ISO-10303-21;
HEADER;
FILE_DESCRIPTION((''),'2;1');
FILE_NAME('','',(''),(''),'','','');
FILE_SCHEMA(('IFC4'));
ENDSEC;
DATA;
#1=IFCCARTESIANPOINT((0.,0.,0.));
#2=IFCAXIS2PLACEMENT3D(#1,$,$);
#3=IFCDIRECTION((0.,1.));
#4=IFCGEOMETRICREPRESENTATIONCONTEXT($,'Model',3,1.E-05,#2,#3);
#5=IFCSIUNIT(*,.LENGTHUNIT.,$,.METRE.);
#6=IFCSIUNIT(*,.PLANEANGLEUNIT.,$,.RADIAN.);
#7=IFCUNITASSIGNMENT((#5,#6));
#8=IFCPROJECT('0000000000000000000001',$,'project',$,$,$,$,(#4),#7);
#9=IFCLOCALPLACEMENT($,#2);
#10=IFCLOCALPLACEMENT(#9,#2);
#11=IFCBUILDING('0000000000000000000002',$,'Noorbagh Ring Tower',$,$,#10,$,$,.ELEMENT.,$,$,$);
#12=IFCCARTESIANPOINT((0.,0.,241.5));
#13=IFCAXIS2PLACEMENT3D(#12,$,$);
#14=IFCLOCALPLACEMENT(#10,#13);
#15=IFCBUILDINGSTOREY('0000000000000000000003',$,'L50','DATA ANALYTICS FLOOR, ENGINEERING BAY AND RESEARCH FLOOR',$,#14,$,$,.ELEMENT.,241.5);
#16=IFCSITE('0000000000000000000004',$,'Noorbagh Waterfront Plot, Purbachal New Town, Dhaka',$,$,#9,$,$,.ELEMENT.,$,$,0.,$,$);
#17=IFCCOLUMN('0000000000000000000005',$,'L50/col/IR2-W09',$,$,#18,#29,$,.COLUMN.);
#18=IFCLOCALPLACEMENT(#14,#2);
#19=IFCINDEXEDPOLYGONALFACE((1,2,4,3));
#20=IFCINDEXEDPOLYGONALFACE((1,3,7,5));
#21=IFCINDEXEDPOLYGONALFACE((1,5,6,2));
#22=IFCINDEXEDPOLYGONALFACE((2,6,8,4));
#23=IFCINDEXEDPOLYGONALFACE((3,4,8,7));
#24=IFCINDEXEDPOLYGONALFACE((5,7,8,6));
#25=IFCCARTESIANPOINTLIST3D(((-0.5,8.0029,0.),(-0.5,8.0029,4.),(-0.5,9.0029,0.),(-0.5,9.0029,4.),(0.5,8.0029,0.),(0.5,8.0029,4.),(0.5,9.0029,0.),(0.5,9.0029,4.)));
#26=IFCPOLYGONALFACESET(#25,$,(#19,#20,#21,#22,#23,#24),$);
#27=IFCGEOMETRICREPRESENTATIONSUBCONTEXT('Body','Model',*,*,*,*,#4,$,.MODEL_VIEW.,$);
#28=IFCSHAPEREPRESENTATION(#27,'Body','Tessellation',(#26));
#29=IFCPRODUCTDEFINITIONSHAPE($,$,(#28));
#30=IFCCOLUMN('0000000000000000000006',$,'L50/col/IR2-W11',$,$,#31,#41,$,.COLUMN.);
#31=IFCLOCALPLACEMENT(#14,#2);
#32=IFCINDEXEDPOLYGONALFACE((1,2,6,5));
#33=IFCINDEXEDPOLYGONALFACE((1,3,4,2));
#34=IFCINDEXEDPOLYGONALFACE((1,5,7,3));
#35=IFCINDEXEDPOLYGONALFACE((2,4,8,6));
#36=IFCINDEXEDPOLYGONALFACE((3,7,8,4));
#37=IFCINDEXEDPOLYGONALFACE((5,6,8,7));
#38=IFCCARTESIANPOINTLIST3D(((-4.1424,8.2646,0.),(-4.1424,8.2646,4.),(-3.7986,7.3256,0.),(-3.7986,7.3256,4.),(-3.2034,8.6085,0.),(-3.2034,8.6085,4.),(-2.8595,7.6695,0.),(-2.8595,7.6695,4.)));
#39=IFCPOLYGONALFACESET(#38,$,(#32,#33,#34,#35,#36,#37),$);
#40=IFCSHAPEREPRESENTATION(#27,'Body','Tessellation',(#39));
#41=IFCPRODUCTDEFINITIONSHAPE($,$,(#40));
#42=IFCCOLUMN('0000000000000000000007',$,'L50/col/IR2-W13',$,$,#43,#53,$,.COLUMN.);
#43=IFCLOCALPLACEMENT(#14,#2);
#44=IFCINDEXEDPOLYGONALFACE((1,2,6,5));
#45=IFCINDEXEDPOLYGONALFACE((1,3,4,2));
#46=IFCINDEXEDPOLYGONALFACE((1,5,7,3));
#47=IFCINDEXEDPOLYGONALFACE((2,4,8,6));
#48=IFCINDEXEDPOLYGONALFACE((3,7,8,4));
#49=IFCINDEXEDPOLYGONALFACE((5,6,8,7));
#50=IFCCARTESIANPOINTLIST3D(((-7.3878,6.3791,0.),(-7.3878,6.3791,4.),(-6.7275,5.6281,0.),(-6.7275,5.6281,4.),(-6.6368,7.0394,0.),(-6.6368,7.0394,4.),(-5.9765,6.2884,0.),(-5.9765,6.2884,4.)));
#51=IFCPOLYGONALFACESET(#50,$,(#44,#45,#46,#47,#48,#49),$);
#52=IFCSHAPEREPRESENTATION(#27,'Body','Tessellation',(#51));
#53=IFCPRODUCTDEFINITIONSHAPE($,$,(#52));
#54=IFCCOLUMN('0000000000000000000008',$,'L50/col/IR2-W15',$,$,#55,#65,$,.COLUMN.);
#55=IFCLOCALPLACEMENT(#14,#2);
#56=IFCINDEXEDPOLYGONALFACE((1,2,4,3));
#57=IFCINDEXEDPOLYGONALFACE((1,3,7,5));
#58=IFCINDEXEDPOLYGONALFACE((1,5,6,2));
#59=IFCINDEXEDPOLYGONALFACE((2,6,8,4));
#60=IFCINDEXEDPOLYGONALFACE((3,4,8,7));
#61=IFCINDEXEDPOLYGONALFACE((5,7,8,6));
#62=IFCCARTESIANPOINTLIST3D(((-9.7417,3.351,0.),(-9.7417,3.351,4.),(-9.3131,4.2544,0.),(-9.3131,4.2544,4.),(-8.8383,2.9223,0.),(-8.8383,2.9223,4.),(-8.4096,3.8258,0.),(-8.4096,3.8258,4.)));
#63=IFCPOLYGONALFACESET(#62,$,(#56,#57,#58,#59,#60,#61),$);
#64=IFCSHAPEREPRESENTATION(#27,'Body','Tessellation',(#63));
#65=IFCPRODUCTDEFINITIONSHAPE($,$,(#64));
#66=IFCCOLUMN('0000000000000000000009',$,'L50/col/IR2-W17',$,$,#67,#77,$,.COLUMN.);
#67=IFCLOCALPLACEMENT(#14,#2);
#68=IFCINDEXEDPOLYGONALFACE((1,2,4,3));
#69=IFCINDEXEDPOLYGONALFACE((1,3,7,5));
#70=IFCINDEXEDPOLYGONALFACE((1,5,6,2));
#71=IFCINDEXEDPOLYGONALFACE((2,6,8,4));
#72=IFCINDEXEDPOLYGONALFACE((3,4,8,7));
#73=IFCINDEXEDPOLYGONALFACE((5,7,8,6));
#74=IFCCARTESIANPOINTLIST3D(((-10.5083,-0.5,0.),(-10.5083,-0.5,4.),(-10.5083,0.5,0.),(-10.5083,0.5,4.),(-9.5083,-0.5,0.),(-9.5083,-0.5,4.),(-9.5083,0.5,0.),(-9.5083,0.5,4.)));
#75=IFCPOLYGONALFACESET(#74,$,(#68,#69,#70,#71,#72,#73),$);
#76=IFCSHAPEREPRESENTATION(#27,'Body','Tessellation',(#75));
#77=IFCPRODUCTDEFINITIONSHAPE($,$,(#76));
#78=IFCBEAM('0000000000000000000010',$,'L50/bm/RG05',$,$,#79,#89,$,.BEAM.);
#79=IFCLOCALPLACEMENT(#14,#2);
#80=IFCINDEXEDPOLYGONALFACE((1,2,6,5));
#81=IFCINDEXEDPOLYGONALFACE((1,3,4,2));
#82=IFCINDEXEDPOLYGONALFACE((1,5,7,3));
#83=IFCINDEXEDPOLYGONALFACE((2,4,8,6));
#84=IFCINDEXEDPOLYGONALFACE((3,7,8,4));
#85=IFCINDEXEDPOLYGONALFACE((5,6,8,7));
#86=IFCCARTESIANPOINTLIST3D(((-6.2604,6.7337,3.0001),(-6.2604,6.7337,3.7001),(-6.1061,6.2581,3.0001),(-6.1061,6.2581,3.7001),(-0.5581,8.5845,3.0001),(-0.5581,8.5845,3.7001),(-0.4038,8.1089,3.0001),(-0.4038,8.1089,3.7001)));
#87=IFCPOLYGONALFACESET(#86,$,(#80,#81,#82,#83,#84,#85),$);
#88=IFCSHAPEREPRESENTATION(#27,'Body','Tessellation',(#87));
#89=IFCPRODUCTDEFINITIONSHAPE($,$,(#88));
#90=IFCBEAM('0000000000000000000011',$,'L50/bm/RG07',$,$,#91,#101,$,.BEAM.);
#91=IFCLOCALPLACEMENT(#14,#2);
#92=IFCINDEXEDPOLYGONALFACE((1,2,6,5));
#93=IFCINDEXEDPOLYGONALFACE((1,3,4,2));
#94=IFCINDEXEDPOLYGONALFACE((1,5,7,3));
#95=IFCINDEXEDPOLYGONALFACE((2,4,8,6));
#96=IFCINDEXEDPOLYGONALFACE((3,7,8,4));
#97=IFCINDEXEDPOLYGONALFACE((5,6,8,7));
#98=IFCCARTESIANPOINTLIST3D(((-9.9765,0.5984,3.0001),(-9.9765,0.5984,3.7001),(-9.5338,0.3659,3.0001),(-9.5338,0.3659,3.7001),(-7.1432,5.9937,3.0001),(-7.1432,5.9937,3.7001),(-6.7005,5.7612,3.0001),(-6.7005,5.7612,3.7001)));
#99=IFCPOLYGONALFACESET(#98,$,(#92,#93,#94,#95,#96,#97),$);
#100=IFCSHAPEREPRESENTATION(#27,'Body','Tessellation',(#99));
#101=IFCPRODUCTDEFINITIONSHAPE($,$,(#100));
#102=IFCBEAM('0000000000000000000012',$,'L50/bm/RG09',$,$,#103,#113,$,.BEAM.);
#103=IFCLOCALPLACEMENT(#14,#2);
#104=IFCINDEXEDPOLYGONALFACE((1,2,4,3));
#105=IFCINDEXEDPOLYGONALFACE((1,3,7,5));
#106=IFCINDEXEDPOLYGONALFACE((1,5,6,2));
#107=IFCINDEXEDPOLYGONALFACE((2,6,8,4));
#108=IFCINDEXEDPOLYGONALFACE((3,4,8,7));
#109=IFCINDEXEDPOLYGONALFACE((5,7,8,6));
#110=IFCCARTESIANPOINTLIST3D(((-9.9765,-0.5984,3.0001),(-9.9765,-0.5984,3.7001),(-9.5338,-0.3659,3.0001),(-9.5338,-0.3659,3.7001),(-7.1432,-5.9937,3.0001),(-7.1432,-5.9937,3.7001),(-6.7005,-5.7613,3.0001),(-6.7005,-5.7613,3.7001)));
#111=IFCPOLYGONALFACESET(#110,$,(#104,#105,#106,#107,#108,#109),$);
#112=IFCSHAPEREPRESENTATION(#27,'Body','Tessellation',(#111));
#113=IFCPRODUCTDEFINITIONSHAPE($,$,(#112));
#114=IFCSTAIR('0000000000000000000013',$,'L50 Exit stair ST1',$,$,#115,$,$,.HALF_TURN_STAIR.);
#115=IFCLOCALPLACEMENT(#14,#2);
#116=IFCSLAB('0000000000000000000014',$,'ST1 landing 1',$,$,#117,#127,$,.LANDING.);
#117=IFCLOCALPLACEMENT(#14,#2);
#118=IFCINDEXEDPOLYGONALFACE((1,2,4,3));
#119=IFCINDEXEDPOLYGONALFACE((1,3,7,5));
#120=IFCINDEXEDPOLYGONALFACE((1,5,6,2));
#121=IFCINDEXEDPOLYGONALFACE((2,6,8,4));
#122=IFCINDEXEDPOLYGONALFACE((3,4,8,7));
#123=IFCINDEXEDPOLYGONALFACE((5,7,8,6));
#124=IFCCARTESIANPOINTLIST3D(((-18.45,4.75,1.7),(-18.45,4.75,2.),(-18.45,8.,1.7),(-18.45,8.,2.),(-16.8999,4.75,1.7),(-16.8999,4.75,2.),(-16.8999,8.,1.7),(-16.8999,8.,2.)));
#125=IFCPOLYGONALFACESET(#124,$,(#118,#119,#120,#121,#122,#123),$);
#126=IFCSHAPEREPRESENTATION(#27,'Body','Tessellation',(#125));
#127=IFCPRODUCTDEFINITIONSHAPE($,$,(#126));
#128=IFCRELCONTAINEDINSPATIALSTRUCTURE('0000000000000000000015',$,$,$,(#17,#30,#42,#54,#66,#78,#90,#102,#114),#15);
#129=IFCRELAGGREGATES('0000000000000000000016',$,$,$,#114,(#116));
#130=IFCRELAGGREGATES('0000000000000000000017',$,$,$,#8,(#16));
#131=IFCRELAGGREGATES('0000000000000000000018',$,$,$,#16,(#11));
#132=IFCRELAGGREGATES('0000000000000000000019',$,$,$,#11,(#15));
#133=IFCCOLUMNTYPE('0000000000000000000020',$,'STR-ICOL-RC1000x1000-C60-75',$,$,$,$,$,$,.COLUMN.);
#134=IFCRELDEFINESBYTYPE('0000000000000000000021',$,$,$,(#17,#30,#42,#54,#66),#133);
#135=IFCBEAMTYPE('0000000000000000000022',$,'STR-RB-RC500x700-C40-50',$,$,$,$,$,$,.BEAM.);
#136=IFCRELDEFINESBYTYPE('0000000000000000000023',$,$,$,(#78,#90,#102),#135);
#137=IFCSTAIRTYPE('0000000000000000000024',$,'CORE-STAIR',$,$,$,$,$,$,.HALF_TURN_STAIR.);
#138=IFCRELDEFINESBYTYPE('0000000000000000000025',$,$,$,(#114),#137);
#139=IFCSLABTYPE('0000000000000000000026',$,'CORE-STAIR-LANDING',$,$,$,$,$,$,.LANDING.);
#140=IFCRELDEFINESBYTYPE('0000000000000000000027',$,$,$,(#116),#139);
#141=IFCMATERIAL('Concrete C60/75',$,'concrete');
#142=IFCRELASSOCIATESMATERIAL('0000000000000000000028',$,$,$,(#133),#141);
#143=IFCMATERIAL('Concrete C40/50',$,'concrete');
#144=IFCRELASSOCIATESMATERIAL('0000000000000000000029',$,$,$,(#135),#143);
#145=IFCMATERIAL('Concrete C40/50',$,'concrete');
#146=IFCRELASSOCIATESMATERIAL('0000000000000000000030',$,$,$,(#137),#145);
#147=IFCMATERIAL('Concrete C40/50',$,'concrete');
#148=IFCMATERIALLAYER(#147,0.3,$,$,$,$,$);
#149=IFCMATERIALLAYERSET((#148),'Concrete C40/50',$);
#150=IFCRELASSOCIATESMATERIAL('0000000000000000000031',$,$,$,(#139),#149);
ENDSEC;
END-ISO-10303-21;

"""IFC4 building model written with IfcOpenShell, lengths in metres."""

from ifc_helpers import new_model, si_unit, direction, frame, origin, origin_2d, place, context, subcontext, project, spatial, polyline, rectangle, outline, extrude, material, layer, layer_set, material_profile, profile_set, type_object, element, aggregate, save


model = new_model("IFC4")

# Units and contexts
model_context = context("Model", 3, precision=1e-05, world=origin(), true_north=direction((0.0, 1.0)))
body_context = subcontext(model_context, "Body", "Model", "MODEL_VIEW")
ifc_project = project(units=[si_unit("LENGTHUNIT", "METRE"), si_unit("PLANEANGLEUNIT", "RADIAN")], contexts=[model_context])

# Site, building, storey
site_placement = place(None, origin())
site = spatial("IfcSite", under=ifc_project, at=site_placement, Name="Noorbagh Waterfront Plot, Purbachal New Town, Dhaka", CompositionType="ELEMENT", RefElevation=0.0)
building_placement = place(site_placement, origin())
building = spatial("IfcBuilding", under=site, at=building_placement, Name="Noorbagh Ring Tower", CompositionType="ELEMENT")
storey_placement = place(building_placement, frame((0.0, 0.0, 241.5)))
storey = spatial("IfcBuildingStorey", under=building, at=storey_placement, Name="L50", Description="DATA ANALYTICS FLOOR, ENGINEERING BAY AND RESEARCH FLOOR", CompositionType="ELEMENT", Elevation=241.5)

# Columns
ifc_material_1 = material(Name="Concrete C60/75", Category="concrete")
ifc_material_profile_1 = material_profile(ifc_material_1, rectangle(XDim=1.0, YDim=1.0, at=origin_2d()), Name="RC1000x1000")
ifc_profile_set_1 = profile_set([ifc_material_profile_1], Name="Concrete C60/75")
column_type = type_object("IfcColumnType", Name="STR-ICOL-RC1000x1000-C60-75", PredefinedType="COLUMN", material=ifc_profile_set_1)
for number, where, z_axis, x_axis, name in (
    (1, (0.0, 8.5029, 0.0), (0.0, 0.0, 1.0), (-1.0, 0.0, 0.0), "L50/col/IR2-W09"),
    (2, (-3.501, 7.967, 0.0), (0.0, 0.0, 1.0), (-0.93902, -0.343864, 0.0), "L50/col/IR2-W11"),
    (3, (-6.6821, 6.3337, 0.0), (0.0, 0.0, 1.0), (-0.751022, -0.660277, 0.0), "L50/col/IR2-W13"),
    (4, (-9.0757, 3.5884, 0.0), (0.0, 0.0, 1.0), (-0.428667, -0.903463, 0.0), "L50/col/IR2-W15"),
    (5, (-10.0083, 0.0, 0.0), (0.0, 0.0, 1.0), (0.0, -1.0, 0.0), "L50/col/IR2-W17"),
):
    element("IfcColumn", number, at=place(storey_placement, frame(where, z_axis=z_axis, x_axis=x_axis)), inside=storey, type_object=column_type, Name=name, PredefinedType="COLUMN", context=body_context, shape_type="SweptSolid", body=[
        extrude(rectangle(XDim=1.0, YDim=1.0, at=origin_2d()), origin(), (0.0, 0.0, 1.0), 4.0),
    ])

# Beams
ifc_material_2 = material(Name="Concrete C40/50", Category="concrete")
ifc_material_profile_2 = material_profile(ifc_material_2, rectangle(XDim=0.5, YDim=0.7, at=origin_2d()), Name="RC500x700")
ifc_profile_set_2 = profile_set([ifc_material_profile_2], Name="Concrete C40/50")
beam_type = type_object("IfcBeamType", Name="STR-RB-RC500x700-C40-50", PredefinedType="BEAM", material=ifc_profile_set_2)
beam_placement = place(storey_placement, frame((-0.481, 8.3467, 3.3501), z_axis=(-0.951154, -0.308717, 0.0), x_axis=(0.308717, -0.951154, 0.0)))
element("IfcBeam", 6, at=beam_placement, inside=storey, type_object=beam_type, Name="L50/bm/RG05", PredefinedType="BEAM", context=body_context, shape_type="SweptSolid", body=[
    extrude(rectangle(XDim=0.5, YDim=0.7, at=origin_2d()), origin(), (0.0, 0.0, 1.0), 5.9951),
])
for number, where, z_axis, x_axis, name in (
    (7, (-6.9219, 5.8774, 3.3501), (-0.464929, -0.885348, 0.0), (0.885348, -0.464929, 0.0), "L50/bm/RG07"),
    (8, (-9.7551, -0.4822, 3.3501), (0.464929, -0.885348, 0.0), (0.885348, 0.464929, 0.0), "L50/bm/RG09"),
):
    element("IfcBeam", number, at=place(storey_placement, frame(where, z_axis=z_axis, x_axis=x_axis)), inside=storey, type_object=beam_type, Name=name, PredefinedType="BEAM", context=body_context, shape_type="SweptSolid", body=[
        extrude(rectangle(XDim=0.5, YDim=0.7, at=origin_2d()), origin(), (0.0, 0.0, 1.0), 6.094),
    ])

# Stair, slab
ifc_material_3 = material(Name="Concrete C40/50", Category="concrete")
stair_type = type_object("IfcStairType", Name="CORE-STAIR", PredefinedType="HALF_TURN_STAIR", material=ifc_material_3)
stair_placement = place(storey_placement, origin())
stair = element("IfcStair", 9, at=stair_placement, inside=storey, type_object=stair_type, Name="L50 Exit stair ST1", PredefinedType="HALF_TURN_STAIR")
ifc_material_4 = material(Name="Concrete C40/50", Category="concrete")
ifc_layer_1 = layer(ifc_material_4, 0.3)
ifc_layer_set_1 = layer_set([ifc_layer_1], Name="Concrete C40/50")
slab_type_1 = type_object("IfcSlabType", Name="CORE-STAIR-LANDING", PredefinedType="LANDING", material=ifc_layer_set_1)
slab_1_placement = place(storey_placement, frame((0.0, 0.0, 1.7)))
slab_1 = element("IfcSlab", 10, at=slab_1_placement, type_object=slab_type_1, Name="ST1 landing 1", PredefinedType="LANDING", context=body_context, shape_type="SweptSolid", body=[
    extrude(outline(polyline([(-18.45, 4.75), (-16.8999, 4.75), (-16.8999, 8.0), (-18.45, 8.0), (-18.45, 4.75)])), origin(), (0.0, 0.0, 1.0), 0.3),
])

aggregate(stair, [slab_1])

save(model, "model.ifc")
